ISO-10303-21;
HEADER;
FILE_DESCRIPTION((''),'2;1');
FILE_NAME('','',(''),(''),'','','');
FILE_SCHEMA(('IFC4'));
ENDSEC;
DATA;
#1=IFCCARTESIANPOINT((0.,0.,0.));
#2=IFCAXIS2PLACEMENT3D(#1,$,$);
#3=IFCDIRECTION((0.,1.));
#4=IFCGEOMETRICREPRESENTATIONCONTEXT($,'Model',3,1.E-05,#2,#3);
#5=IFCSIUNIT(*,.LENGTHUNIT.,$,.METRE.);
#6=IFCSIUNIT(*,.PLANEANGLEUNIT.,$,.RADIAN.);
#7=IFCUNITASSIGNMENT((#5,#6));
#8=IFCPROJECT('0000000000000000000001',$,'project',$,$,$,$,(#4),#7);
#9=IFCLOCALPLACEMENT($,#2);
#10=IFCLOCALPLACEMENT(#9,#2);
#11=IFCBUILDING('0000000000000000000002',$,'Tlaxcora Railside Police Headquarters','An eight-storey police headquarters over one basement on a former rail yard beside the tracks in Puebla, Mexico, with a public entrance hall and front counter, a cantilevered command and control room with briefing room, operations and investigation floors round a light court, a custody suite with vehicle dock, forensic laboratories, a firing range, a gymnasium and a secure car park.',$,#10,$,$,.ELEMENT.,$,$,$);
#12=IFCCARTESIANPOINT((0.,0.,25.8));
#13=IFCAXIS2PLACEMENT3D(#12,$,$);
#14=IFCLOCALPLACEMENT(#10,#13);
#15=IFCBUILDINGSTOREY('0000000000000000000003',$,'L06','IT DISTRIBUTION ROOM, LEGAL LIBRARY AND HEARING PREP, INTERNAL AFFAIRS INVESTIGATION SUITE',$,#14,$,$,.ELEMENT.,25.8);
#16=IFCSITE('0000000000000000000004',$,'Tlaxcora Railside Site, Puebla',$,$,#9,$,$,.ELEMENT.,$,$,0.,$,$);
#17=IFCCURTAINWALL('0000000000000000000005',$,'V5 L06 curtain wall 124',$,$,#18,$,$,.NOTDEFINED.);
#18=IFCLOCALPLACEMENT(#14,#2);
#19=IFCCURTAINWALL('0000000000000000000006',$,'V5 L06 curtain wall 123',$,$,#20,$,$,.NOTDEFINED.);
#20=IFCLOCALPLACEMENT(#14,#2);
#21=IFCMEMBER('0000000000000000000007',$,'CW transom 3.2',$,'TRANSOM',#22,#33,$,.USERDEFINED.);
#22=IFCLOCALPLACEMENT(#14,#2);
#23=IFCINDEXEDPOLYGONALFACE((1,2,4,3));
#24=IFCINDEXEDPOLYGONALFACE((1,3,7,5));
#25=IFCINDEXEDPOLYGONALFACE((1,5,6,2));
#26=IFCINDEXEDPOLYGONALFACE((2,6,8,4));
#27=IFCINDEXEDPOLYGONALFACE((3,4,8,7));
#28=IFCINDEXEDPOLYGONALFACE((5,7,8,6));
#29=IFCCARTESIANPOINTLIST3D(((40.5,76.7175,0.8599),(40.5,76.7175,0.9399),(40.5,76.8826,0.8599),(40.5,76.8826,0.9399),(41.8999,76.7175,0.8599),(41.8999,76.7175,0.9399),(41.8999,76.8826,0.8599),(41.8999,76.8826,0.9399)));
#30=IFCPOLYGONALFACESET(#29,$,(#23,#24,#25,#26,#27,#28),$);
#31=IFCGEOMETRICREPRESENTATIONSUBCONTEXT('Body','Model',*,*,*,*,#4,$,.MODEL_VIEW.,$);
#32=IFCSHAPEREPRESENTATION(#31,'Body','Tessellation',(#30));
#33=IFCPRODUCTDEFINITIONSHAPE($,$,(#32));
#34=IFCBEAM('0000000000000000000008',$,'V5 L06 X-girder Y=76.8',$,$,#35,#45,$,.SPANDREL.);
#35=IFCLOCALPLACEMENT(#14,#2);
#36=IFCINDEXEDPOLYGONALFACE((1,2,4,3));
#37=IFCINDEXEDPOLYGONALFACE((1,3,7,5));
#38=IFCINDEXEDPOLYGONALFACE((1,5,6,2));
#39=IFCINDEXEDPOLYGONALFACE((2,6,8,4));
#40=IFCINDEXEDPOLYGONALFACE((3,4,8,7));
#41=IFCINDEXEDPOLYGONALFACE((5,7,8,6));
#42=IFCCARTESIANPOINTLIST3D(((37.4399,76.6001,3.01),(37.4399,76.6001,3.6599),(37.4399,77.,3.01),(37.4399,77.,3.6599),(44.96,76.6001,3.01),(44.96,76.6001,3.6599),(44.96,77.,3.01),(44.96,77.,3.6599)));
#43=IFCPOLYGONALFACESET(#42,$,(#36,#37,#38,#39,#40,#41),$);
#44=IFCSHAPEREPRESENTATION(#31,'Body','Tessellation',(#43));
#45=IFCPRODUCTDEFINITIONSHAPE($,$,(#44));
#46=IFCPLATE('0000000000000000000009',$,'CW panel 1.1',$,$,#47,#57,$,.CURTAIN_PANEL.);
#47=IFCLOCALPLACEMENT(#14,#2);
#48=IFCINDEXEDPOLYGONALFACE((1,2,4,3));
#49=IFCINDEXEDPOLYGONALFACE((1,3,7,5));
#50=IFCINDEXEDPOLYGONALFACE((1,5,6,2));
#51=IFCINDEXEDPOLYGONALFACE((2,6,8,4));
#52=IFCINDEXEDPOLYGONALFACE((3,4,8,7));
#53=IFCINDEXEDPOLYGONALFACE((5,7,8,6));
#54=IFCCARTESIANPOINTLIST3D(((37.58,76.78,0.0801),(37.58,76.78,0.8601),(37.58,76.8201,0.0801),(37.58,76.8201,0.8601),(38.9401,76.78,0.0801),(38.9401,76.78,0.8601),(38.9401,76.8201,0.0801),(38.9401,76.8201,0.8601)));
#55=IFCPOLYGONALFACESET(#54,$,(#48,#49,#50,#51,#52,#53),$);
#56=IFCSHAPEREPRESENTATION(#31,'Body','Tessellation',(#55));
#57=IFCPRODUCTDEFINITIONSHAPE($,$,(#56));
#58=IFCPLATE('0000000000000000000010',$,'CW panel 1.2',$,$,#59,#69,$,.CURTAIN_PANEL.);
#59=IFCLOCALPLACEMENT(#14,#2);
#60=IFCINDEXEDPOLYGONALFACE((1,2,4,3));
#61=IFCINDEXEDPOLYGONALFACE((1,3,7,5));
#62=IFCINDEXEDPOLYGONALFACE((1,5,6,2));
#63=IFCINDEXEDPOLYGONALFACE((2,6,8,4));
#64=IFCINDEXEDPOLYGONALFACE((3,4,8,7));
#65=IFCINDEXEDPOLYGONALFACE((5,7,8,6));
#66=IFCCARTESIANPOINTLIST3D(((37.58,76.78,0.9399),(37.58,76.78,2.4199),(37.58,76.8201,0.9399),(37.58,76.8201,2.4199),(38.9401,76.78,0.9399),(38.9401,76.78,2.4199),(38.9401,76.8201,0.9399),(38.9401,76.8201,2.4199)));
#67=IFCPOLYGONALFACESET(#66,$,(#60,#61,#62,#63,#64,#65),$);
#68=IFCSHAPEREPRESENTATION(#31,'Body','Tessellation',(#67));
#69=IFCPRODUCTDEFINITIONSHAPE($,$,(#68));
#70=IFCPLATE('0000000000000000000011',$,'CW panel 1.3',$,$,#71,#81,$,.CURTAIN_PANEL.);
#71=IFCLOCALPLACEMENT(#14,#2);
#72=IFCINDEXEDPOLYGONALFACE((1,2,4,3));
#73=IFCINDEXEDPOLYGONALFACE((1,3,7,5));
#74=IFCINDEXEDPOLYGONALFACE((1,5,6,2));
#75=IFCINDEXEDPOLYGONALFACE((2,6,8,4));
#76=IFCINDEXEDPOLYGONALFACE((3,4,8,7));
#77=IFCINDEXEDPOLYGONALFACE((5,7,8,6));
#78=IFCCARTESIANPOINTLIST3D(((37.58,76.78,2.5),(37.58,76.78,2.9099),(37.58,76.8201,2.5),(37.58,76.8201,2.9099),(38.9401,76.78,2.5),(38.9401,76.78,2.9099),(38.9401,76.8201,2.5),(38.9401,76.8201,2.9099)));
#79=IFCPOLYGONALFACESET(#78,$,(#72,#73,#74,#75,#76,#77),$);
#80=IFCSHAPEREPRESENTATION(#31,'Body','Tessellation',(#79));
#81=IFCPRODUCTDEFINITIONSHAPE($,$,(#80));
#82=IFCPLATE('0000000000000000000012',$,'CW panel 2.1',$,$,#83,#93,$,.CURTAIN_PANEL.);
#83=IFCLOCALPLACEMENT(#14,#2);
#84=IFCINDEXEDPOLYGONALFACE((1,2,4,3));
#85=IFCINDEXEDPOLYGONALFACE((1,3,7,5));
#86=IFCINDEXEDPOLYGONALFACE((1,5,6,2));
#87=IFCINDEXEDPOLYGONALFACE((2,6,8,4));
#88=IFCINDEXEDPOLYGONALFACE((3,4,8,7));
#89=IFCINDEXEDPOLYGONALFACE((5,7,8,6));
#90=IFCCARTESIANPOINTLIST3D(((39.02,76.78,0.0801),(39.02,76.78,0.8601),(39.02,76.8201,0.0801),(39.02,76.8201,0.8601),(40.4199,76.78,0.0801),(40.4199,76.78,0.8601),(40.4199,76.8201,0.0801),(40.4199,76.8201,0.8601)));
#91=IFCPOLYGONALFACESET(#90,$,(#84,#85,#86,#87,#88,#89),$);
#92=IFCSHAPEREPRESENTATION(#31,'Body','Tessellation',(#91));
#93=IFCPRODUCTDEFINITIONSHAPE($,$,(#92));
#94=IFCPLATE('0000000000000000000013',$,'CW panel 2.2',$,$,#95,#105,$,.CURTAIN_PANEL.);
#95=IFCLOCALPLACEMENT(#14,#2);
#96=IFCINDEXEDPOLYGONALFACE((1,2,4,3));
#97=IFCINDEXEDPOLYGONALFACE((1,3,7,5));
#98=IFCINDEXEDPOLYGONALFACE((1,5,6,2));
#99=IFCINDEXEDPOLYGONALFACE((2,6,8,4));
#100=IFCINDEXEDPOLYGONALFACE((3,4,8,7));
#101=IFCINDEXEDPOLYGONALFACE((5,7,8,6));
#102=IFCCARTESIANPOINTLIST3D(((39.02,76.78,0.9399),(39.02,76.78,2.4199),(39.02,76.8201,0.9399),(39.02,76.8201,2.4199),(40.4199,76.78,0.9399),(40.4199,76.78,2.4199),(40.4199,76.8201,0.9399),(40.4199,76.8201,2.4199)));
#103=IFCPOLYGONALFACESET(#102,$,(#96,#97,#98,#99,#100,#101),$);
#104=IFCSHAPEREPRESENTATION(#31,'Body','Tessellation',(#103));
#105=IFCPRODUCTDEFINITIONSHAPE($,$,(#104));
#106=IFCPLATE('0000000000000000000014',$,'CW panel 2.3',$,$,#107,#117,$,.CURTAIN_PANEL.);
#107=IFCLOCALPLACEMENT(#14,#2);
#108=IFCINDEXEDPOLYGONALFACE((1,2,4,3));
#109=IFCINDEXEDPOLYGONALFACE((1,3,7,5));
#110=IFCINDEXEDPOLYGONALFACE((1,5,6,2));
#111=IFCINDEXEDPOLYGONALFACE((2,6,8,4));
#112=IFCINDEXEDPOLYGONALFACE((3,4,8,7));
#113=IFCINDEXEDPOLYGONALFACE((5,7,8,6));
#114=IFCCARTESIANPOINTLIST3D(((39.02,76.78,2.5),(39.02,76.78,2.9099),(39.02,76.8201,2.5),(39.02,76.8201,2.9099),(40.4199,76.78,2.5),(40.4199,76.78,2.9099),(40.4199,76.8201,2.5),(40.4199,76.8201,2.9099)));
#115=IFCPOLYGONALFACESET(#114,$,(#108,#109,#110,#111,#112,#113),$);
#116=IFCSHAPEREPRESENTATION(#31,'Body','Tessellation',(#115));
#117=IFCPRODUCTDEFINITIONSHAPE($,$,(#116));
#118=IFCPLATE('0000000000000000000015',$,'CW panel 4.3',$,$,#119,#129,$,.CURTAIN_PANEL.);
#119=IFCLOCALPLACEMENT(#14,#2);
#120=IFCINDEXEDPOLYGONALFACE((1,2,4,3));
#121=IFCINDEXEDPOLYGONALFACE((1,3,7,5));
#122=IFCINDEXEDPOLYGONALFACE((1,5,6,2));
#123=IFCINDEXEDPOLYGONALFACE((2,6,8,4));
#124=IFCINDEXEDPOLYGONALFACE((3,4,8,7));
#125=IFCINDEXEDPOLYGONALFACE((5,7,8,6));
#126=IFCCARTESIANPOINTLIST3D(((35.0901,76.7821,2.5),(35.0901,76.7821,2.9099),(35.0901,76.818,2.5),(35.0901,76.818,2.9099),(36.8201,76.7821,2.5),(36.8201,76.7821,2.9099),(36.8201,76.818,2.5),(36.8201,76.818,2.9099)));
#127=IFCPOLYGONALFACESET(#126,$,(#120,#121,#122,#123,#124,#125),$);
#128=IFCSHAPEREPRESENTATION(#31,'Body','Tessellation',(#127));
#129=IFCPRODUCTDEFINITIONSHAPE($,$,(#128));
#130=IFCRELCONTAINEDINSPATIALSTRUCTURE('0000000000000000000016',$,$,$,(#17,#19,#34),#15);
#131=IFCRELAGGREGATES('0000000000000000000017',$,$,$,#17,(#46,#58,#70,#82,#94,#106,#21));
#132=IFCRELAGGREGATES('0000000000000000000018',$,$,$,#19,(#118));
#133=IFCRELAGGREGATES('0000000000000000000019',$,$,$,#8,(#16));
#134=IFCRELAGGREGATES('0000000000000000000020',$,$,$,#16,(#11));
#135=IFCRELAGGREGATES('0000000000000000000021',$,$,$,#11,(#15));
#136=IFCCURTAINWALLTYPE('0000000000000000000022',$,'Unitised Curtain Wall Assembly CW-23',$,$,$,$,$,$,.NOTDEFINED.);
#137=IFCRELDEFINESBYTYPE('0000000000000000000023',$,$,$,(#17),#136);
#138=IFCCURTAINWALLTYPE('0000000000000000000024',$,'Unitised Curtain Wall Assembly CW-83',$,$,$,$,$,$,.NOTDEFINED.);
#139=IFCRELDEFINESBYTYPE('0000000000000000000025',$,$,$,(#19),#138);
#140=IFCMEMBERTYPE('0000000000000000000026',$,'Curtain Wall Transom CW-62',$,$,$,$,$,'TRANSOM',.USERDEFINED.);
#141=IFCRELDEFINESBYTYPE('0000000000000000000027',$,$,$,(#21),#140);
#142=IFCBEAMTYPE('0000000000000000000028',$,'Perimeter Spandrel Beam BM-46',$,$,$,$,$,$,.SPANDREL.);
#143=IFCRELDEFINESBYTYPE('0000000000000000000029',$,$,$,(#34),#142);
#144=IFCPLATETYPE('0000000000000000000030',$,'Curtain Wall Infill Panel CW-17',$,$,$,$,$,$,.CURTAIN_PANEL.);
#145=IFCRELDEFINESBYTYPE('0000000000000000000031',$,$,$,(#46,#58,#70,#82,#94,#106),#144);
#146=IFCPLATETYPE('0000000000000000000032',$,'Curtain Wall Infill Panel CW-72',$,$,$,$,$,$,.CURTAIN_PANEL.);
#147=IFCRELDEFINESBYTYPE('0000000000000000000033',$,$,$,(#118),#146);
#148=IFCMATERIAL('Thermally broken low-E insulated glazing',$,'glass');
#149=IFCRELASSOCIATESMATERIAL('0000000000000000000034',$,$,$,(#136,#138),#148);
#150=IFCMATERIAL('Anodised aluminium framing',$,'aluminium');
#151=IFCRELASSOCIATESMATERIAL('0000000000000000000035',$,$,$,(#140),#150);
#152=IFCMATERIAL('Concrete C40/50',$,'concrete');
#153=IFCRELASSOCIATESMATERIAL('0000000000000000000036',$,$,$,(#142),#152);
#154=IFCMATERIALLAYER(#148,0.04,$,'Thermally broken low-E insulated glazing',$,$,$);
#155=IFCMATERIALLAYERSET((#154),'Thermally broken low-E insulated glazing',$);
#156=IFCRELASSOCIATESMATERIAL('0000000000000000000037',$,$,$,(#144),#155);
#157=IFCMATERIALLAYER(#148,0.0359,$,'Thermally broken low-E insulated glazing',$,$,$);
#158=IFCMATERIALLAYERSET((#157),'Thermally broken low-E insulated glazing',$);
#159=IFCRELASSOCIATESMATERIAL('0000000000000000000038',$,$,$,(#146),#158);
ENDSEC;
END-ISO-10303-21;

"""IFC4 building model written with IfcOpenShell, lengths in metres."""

from ifc_helpers import new_model, si_unit, direction, frame, origin, origin_2d, place, context, subcontext, project, spatial, rectangle, extrude, material, layer, layer_set, material_profile, profile_set, type_object, element, aggregate, save


model = new_model("IFC4")

# Units and contexts
model_context = context("Model", 3, precision=1e-05, world=origin(), true_north=direction((0.0, 1.0)))
body_context = subcontext(model_context, "Body", "Model", "MODEL_VIEW")
ifc_project = project(units=[si_unit("LENGTHUNIT", "METRE"), si_unit("PLANEANGLEUNIT", "RADIAN")], contexts=[model_context])

# Site, building, storey
site_placement = place(None, origin())
site = spatial("IfcSite", under=ifc_project, at=site_placement, Name="Tlaxcora Railside Site, Puebla", CompositionType="ELEMENT", RefElevation=0.0)
building_placement = place(site_placement, origin())
building = spatial("IfcBuilding", under=site, at=building_placement, Name="Tlaxcora Railside Police Headquarters", Description="An eight-storey police headquarters over one basement on a former rail yard beside the tracks in Puebla, Mexico, with a public entrance hall and front counter, a cantilevered command and control room with briefing room, operations and investigation floors round a light court, a custody suite with vehicle dock, forensic laboratories, a firing range, a gymnasium and a secure car park.", CompositionType="ELEMENT")
storey_placement = place(building_placement, frame((0.0, 0.0, 25.8)))
storey = spatial("IfcBuildingStorey", under=building, at=storey_placement, Name="L06", Description="IT DISTRIBUTION ROOM, LEGAL LIBRARY AND HEARING PREP, INTERNAL AFFAIRS INVESTIGATION SUITE", CompositionType="ELEMENT", Elevation=25.8)

# Shared definitions
ifc_material_1 = material(Name="Concrete C40/50", Category="concrete")

# Curtain wall
ifc_material_2 = material(Name="Thermally broken low-E insulated glazing", Category="glass")
curtain_wall_type_1 = type_object("IfcCurtainWallType", Name="Unitised Curtain Wall Assembly CW-23", PredefinedType="NOTDEFINED", material=ifc_material_2)
curtain_wall_1_placement = place(storey_placement, origin())
curtain_wall_1 = element("IfcCurtainWall", 1, at=curtain_wall_1_placement, inside=storey, type_object=curtain_wall_type_1, Name="V5 L06 curtain wall 124", PredefinedType="NOTDEFINED")
ifc_material_3 = material(Name="Anodised aluminium framing", Category="aluminium")

# Curtain wall
curtain_wall_type_2 = type_object("IfcCurtainWallType", Name="Unitised Curtain Wall Assembly CW-83", PredefinedType="NOTDEFINED", material=ifc_material_2)
curtain_wall_2_placement = place(storey_placement, origin())
curtain_wall_2 = element("IfcCurtainWall", 2, at=curtain_wall_2_placement, inside=storey, type_object=curtain_wall_type_2, Name="V5 L06 curtain wall 123", PredefinedType="NOTDEFINED")

# Member
ifc_material_profile_1 = material_profile(ifc_material_3, rectangle(XDim=0.165, YDim=0.0801, at=origin_2d()), Name="AL80X165")
ifc_profile_set_1 = profile_set([ifc_material_profile_1], Name="Anodised aluminium framing")
member_type_1 = type_object("IfcMemberType", Name="Curtain Wall Transom CW-62", ElementType="TRANSOM", PredefinedType="USERDEFINED", material=ifc_profile_set_1)
member_1_placement = place(storey_placement, frame((40.5, 76.8, 0.8999), z_axis=(1.0, 0.0, 0.0), x_axis=(0.0, 1.0, 0.0)))
member_1 = element("IfcMember", 3, at=member_1_placement, type_object=member_type_1, Name="CW transom 3.2", ObjectType="TRANSOM", PredefinedType="USERDEFINED", context=body_context, shape_type="SweptSolid", body=[
    extrude(rectangle(XDim=0.165, YDim=0.0801, at=origin_2d()), origin(), (0.0, 0.0, 1.0), 1.3999),
])

# Beam
ifc_material_profile_2 = material_profile(ifc_material_1, rectangle(XDim=0.3999, YDim=0.6499, at=origin_2d()), Name="RC400X650")
ifc_profile_set_2 = profile_set([ifc_material_profile_2], Name="Concrete C40/50")
beam_type = type_object("IfcBeamType", Name="Perimeter Spandrel Beam BM-46", PredefinedType="SPANDREL", material=ifc_profile_set_2)
beam_placement = place(storey_placement, frame((37.4399, 76.8, 3.335), z_axis=(1.0, 0.0, 0.0), x_axis=(0.0, 1.0, 0.0)))
element("IfcBeam", 4, at=beam_placement, inside=storey, type_object=beam_type, Name="V5 L06 X-girder Y=76.8", PredefinedType="SPANDREL", context=body_context, shape_type="SweptSolid", body=[
    extrude(rectangle(XDim=0.3999, YDim=0.6499, at=origin_2d()), origin(), (0.0, 0.0, 1.0), 7.52),
])

# Plates
ifc_layer_1 = layer(ifc_material_2, 0.04, Name="Thermally broken low-E insulated glazing")
ifc_layer_set_1 = layer_set([ifc_layer_1], Name="Thermally broken low-E insulated glazing")
plate_type_1 = type_object("IfcPlateType", Name="Curtain Wall Infill Panel CW-17", PredefinedType="CURTAIN_PANEL", material=ifc_layer_set_1)
plate_1_placement = place(storey_placement, frame((38.26, 76.8, 0.0801), z_axis=(0.0, 0.0, 1.0), x_axis=(1.0, 0.0, 0.0)))
plate_1 = element("IfcPlate", 5, at=plate_1_placement, type_object=plate_type_1, Name="CW panel 1.1", PredefinedType="CURTAIN_PANEL", context=body_context, shape_type="SweptSolid", body=[
    extrude(rectangle(XDim=1.3601, YDim=0.04, at=origin_2d()), origin(), (0.0, 0.0, 1.0), 0.78),
])
plate_2_placement = place(storey_placement, frame((38.26, 76.8, 0.9399), z_axis=(0.0, 0.0, 1.0), x_axis=(1.0, 0.0, 0.0)))
plate_2 = element("IfcPlate", 6, at=plate_2_placement, type_object=plate_type_1, Name="CW panel 1.2", PredefinedType="CURTAIN_PANEL", context=body_context, shape_type="SweptSolid", body=[
    extrude(rectangle(XDim=1.3601, YDim=0.04, at=origin_2d()), origin(), (0.0, 0.0, 1.0), 1.48),
])
plate_3_placement = place(storey_placement, frame((38.26, 76.8, 2.5), z_axis=(0.0, 0.0, 1.0), x_axis=(1.0, 0.0, 0.0)))
plate_3 = element("IfcPlate", 7, at=plate_3_placement, type_object=plate_type_1, Name="CW panel 1.3", PredefinedType="CURTAIN_PANEL", context=body_context, shape_type="SweptSolid", body=[
    extrude(rectangle(XDim=1.3601, YDim=0.04, at=origin_2d()), origin(), (0.0, 0.0, 1.0), 0.4099),
])
plate_4_placement = place(storey_placement, frame((39.72, 76.8, 0.0801), z_axis=(0.0, 0.0, 1.0), x_axis=(1.0, 0.0, 0.0)))
plate_4 = element("IfcPlate", 8, at=plate_4_placement, type_object=plate_type_1, Name="CW panel 2.1", PredefinedType="CURTAIN_PANEL", context=body_context, shape_type="SweptSolid", body=[
    extrude(rectangle(XDim=1.3999, YDim=0.04, at=origin_2d()), origin(), (0.0, 0.0, 1.0), 0.78),
])
plate_5_placement = place(storey_placement, frame((39.72, 76.8, 0.9399), z_axis=(0.0, 0.0, 1.0), x_axis=(1.0, 0.0, 0.0)))
plate_5 = element("IfcPlate", 9, at=plate_5_placement, type_object=plate_type_1, Name="CW panel 2.2", PredefinedType="CURTAIN_PANEL", context=body_context, shape_type="SweptSolid", body=[
    extrude(rectangle(XDim=1.3999, YDim=0.04, at=origin_2d()), origin(), (0.0, 0.0, 1.0), 1.48),
])
plate_6_placement = place(storey_placement, frame((39.72, 76.8, 2.5), z_axis=(0.0, 0.0, 1.0), x_axis=(1.0, 0.0, 0.0)))
plate_6 = element("IfcPlate", 10, at=plate_6_placement, type_object=plate_type_1, Name="CW panel 2.3", PredefinedType="CURTAIN_PANEL", context=body_context, shape_type="SweptSolid", body=[
    extrude(rectangle(XDim=1.3999, YDim=0.04, at=origin_2d()), origin(), (0.0, 0.0, 1.0), 0.4099),
])
aggregate(curtain_wall_1, [plate_1, plate_2, plate_3, plate_4, plate_5, plate_6, member_1])
ifc_layer_2 = layer(ifc_material_2, 0.0359, Name="Thermally broken low-E insulated glazing")
ifc_layer_set_2 = layer_set([ifc_layer_2], Name="Thermally broken low-E insulated glazing")
plate_type_2 = type_object("IfcPlateType", Name="Curtain Wall Infill Panel CW-72", PredefinedType="CURTAIN_PANEL", material=ifc_layer_set_2)
plate_7_placement = place(storey_placement, frame((35.9551, 76.8, 2.5), z_axis=(0.0, 0.0, 1.0), x_axis=(1.0, 0.0, 0.0)))
plate_7 = element("IfcPlate", 11, at=plate_7_placement, type_object=plate_type_2, Name="CW panel 4.3", PredefinedType="CURTAIN_PANEL", context=body_context, shape_type="SweptSolid", body=[
    extrude(rectangle(XDim=1.73, YDim=0.0359, at=origin_2d()), origin(), (0.0, 0.0, 1.0), 0.4099),
])
aggregate(curtain_wall_2, [plate_7])

save(model, "model.ifc")
